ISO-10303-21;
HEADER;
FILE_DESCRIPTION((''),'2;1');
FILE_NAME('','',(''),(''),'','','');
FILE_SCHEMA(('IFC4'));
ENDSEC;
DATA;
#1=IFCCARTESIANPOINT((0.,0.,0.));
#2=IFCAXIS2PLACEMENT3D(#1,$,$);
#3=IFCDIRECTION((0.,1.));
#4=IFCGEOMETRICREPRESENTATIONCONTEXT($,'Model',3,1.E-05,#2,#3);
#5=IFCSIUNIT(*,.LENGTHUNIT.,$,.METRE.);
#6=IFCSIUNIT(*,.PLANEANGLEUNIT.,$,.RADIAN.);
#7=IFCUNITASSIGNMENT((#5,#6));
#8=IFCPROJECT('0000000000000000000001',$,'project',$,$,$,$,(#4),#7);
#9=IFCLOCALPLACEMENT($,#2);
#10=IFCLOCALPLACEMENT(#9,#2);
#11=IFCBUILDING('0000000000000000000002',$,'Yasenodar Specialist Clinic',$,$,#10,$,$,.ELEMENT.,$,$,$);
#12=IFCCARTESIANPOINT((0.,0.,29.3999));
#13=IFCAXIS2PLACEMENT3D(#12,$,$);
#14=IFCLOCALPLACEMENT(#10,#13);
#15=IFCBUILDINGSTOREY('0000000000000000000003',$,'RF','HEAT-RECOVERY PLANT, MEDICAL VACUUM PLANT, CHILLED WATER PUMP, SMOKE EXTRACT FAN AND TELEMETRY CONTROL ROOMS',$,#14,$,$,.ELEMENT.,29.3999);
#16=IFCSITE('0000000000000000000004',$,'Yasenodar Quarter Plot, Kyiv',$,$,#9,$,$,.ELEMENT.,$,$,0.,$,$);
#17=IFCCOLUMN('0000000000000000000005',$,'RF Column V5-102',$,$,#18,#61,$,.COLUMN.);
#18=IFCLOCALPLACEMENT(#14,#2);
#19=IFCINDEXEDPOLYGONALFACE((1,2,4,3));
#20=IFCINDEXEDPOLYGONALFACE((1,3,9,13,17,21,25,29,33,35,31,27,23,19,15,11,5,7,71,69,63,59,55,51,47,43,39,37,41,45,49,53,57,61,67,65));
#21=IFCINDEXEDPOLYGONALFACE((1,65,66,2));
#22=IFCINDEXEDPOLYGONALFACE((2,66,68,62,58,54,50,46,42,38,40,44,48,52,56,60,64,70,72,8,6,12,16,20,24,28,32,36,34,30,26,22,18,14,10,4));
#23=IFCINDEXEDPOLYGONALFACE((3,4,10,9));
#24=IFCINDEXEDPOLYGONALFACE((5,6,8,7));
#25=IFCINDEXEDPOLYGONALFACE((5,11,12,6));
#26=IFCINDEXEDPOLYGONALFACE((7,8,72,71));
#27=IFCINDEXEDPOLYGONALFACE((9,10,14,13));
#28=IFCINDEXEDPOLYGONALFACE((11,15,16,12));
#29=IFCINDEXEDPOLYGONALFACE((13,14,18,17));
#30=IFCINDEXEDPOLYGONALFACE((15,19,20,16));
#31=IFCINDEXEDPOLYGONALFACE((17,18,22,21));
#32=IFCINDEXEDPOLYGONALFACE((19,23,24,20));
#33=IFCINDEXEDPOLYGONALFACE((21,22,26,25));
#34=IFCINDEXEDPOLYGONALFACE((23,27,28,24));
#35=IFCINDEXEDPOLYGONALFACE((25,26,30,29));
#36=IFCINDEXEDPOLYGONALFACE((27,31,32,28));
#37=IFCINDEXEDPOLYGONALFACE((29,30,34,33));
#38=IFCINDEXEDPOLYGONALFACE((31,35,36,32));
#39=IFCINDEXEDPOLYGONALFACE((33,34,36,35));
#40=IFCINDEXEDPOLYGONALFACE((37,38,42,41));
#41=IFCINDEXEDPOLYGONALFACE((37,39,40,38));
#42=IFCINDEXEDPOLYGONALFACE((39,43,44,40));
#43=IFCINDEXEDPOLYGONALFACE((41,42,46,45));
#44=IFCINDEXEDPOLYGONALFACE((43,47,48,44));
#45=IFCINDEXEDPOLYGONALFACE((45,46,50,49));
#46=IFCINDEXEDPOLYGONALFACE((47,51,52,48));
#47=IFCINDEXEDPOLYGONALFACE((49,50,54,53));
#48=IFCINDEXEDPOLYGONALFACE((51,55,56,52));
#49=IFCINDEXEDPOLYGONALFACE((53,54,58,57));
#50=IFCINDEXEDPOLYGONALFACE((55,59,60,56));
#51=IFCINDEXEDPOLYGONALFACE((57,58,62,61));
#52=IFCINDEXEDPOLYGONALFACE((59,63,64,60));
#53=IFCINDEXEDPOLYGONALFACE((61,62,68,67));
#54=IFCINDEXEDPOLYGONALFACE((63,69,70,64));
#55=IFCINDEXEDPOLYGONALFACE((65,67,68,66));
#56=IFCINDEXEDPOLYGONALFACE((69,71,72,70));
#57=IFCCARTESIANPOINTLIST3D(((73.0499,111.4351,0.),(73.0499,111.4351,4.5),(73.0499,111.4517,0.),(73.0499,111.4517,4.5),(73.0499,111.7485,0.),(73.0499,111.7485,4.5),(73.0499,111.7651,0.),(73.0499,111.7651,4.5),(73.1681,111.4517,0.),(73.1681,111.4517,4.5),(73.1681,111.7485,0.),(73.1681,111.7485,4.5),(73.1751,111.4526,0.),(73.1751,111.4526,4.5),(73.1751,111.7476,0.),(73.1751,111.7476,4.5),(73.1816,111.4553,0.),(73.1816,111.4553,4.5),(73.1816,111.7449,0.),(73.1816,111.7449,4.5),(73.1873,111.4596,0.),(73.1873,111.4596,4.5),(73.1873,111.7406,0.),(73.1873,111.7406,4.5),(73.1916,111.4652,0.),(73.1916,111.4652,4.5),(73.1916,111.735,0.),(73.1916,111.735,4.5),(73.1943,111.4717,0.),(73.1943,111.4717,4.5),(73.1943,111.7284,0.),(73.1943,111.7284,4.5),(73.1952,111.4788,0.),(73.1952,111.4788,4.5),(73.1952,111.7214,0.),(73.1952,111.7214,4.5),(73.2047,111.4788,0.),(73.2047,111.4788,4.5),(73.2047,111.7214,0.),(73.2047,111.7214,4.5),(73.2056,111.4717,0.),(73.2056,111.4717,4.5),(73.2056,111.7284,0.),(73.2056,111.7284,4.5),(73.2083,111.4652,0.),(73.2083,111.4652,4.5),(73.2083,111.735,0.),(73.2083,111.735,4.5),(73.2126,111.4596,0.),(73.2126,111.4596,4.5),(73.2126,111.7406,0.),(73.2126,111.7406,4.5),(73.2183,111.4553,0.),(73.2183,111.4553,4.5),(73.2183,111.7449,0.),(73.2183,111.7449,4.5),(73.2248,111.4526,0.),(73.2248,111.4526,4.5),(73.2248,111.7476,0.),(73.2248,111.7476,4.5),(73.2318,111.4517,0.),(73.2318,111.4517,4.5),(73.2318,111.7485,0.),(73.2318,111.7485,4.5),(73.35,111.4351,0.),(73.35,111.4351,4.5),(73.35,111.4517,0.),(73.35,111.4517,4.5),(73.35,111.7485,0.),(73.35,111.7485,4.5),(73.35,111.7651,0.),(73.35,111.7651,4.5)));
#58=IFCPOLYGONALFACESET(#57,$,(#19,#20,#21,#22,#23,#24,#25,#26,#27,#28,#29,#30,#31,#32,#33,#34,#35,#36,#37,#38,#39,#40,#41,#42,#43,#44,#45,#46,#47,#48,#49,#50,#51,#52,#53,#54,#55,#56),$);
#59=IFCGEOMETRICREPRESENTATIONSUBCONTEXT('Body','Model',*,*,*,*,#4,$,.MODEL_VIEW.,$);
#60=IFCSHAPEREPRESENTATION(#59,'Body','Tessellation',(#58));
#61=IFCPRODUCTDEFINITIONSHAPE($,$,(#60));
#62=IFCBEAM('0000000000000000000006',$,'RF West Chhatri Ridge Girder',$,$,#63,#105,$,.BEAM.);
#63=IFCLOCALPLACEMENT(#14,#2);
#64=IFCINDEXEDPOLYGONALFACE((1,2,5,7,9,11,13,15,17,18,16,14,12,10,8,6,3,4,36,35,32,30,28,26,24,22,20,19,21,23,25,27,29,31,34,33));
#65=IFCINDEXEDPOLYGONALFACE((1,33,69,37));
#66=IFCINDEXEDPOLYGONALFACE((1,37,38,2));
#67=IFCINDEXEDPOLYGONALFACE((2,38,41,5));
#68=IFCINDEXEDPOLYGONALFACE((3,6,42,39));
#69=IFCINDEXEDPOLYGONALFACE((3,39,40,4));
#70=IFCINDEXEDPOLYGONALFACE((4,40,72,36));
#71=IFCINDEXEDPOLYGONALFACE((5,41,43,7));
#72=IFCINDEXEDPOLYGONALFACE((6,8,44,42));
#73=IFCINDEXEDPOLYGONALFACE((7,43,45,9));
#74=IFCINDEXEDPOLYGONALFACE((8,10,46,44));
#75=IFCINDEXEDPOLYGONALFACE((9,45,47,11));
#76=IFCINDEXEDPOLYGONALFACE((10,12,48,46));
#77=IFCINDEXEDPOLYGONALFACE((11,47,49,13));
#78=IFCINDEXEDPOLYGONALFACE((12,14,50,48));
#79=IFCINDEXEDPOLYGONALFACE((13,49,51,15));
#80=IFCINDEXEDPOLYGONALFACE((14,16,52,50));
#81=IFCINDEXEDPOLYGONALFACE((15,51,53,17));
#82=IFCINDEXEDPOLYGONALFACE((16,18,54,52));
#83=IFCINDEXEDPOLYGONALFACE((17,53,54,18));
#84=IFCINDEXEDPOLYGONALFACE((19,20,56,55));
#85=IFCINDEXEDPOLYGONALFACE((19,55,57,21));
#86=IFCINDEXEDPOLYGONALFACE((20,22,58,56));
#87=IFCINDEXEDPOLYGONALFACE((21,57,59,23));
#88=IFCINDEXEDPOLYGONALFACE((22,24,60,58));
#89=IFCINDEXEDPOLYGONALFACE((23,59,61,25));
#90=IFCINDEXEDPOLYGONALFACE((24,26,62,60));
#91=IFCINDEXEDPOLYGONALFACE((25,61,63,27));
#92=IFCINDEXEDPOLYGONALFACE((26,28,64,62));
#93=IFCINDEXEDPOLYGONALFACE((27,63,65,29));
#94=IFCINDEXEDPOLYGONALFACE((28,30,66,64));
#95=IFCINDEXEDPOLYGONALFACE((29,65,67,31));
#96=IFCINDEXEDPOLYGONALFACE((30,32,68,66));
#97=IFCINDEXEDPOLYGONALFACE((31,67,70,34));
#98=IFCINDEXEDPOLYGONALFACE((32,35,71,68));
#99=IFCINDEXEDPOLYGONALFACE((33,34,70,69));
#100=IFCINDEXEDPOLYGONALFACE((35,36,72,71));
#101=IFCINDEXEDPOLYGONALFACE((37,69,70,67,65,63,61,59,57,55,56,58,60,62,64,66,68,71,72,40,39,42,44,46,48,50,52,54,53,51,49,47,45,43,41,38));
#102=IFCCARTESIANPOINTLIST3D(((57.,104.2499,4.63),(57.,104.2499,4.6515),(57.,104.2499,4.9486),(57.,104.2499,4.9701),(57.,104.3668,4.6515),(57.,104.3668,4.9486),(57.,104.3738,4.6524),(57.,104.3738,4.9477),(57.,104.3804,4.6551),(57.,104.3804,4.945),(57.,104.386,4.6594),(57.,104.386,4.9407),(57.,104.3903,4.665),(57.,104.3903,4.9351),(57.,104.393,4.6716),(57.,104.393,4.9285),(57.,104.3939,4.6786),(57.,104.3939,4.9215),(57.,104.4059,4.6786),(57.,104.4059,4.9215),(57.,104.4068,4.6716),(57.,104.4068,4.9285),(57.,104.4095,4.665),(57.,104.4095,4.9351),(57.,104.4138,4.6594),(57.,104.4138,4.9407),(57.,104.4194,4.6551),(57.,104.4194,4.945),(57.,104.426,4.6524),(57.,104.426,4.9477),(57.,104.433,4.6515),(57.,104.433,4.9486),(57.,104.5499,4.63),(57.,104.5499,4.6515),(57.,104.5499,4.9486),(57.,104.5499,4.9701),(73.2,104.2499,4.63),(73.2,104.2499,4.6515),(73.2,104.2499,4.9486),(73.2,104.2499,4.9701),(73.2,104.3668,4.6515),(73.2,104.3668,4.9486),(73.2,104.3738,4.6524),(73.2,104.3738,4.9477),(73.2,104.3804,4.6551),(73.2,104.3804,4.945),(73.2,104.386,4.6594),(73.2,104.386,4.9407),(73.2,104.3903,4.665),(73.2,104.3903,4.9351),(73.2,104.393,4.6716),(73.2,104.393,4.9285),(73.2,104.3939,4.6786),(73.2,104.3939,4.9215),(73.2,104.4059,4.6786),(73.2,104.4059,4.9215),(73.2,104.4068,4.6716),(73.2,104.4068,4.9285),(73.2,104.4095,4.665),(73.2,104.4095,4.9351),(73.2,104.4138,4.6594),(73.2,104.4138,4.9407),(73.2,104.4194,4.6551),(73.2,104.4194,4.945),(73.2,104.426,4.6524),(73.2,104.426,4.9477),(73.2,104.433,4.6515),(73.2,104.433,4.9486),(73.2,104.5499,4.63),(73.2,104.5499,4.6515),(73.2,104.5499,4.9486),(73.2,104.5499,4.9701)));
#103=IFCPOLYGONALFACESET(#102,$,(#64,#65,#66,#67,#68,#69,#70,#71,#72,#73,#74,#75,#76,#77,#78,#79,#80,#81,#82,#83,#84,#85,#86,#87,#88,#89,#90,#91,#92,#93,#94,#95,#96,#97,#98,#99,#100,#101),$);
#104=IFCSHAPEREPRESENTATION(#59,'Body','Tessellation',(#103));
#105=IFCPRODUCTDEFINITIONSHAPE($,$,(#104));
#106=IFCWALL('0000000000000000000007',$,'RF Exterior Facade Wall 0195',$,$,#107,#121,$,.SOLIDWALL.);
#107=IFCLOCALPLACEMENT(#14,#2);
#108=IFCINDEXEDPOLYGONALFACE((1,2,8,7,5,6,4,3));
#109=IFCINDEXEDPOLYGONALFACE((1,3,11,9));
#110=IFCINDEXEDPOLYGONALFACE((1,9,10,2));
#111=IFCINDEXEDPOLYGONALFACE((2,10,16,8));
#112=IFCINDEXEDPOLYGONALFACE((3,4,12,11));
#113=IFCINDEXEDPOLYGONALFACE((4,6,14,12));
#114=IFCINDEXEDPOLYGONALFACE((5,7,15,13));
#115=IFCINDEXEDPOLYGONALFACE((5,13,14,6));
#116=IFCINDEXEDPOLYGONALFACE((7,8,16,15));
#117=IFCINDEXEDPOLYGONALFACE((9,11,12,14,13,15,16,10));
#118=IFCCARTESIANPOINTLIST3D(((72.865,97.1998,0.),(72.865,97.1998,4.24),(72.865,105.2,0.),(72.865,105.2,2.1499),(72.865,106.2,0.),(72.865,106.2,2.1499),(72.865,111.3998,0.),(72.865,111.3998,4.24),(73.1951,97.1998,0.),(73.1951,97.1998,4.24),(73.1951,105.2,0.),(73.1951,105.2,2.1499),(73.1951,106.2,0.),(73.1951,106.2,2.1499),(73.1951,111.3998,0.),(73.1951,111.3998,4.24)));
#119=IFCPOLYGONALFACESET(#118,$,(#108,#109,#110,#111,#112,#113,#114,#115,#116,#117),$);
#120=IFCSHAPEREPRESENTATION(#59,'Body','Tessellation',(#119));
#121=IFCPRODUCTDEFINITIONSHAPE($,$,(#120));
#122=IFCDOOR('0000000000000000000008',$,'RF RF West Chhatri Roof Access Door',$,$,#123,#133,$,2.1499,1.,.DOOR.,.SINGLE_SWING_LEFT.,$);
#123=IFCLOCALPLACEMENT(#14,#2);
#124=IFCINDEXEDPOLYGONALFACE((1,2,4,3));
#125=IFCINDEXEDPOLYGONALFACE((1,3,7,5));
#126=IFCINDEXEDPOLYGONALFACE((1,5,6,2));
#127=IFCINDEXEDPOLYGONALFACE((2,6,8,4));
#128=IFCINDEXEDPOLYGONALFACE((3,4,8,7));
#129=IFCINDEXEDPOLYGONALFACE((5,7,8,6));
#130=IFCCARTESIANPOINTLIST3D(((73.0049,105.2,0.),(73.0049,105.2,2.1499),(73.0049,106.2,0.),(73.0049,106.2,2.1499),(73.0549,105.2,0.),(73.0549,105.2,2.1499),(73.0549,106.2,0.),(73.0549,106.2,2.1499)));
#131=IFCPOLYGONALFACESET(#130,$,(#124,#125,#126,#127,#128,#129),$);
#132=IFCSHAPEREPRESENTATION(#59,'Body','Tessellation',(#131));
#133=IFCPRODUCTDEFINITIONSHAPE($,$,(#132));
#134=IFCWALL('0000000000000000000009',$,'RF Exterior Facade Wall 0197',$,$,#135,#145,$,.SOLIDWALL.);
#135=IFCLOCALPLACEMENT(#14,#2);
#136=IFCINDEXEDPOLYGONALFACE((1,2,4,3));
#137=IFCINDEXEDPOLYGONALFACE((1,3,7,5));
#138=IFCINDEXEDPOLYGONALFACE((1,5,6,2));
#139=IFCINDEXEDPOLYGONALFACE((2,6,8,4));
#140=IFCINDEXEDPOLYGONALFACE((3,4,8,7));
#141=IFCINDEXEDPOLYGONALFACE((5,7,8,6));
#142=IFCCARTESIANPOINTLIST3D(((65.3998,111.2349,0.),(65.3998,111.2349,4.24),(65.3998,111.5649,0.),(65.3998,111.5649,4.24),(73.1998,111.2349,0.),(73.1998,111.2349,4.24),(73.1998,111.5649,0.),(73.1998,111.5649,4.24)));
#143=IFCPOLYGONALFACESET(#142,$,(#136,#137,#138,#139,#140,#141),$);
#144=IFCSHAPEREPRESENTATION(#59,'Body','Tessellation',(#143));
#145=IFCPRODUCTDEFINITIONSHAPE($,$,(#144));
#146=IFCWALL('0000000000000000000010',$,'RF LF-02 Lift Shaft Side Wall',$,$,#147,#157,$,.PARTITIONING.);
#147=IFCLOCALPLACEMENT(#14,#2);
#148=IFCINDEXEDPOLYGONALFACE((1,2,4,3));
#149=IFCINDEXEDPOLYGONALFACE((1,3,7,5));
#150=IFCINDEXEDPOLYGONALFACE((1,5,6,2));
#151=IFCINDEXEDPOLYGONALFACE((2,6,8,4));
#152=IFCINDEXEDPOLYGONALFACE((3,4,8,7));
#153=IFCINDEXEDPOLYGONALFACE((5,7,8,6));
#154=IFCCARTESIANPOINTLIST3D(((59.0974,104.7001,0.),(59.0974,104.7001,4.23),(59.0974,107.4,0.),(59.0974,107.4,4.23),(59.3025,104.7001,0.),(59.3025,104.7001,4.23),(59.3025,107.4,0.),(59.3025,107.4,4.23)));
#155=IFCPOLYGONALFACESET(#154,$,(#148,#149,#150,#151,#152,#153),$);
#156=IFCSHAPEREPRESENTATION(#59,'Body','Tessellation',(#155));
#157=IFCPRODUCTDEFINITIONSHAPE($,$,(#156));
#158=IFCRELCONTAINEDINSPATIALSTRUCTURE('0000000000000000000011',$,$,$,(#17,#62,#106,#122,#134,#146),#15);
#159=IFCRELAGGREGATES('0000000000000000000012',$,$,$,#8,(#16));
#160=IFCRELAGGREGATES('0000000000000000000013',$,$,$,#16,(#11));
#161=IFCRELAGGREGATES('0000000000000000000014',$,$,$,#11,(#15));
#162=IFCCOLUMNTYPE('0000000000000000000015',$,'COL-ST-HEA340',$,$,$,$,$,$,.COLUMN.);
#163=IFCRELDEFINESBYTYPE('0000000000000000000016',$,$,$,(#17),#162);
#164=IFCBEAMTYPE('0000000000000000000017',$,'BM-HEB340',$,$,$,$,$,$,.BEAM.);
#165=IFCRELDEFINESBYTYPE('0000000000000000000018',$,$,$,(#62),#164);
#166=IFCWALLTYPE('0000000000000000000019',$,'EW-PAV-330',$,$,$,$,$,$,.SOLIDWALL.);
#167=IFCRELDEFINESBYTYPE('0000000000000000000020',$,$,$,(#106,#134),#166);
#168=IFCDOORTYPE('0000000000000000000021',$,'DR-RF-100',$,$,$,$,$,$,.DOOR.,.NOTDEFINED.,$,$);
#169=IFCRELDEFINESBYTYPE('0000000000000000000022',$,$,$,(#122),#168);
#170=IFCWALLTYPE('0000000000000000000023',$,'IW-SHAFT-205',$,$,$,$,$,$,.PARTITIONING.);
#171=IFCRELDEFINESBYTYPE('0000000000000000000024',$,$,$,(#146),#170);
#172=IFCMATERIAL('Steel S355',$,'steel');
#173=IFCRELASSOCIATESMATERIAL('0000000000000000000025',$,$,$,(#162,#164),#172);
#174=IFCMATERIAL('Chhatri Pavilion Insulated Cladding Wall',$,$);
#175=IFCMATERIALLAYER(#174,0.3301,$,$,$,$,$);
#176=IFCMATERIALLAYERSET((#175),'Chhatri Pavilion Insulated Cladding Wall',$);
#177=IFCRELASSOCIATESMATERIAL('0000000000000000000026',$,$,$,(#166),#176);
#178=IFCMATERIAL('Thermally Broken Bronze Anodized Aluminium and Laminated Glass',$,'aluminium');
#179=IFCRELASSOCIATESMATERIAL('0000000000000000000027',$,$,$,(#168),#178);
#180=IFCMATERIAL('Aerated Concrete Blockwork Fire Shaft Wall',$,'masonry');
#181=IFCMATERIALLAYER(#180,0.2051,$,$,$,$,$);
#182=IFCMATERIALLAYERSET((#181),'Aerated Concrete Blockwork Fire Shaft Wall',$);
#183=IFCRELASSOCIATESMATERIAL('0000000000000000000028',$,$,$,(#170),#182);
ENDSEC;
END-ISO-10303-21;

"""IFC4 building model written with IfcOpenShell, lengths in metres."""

from ifc_helpers import new_model, si_unit, direction, frame, frame_2d, origin, origin_2d, place, context, subcontext, project, spatial, rectangle, i_section, extrude, material, layer, layer_set, material_profile, profile_set, type_object, element, fill, save


model = new_model("IFC4")

# Units and contexts
model_context = context("Model", 3, precision=1e-05, world=origin(), true_north=direction((0.0, 1.0)))
body_context = subcontext(model_context, "Body", "Model", "MODEL_VIEW")
ifc_project = project(units=[si_unit("LENGTHUNIT", "METRE"), si_unit("PLANEANGLEUNIT", "RADIAN")], contexts=[model_context])

# Site, building, storey
site_placement = place(None, origin())
site = spatial("IfcSite", under=ifc_project, at=site_placement, Name="Yasenodar Quarter Plot, Kyiv", CompositionType="ELEMENT", RefElevation=0.0)
building_placement = place(site_placement, origin())
building = spatial("IfcBuilding", under=site, at=building_placement, Name="Yasenodar Specialist Clinic", CompositionType="ELEMENT")
storey_placement = place(building_placement, frame((0.0, 0.0, 29.3999)))
storey = spatial("IfcBuildingStorey", under=building, at=storey_placement, Name="RF", Description="HEAT-RECOVERY PLANT, MEDICAL VACUUM PLANT, CHILLED WATER PUMP, SMOKE EXTRACT FAN AND TELEMETRY CONTROL ROOMS", CompositionType="ELEMENT", Elevation=29.3999)

# Column
ifc_material_1 = material(Name="Steel S355", Category="steel")
ifc_material_profile_1 = material_profile(ifc_material_1, i_section(OverallWidth=0.3, OverallDepth=0.3301, WebThickness=0.0095, FlangeThickness=0.0166, FilletRadius=0.0271, at=origin_2d()), Name="HEA 340")
ifc_profile_set_1 = profile_set([ifc_material_profile_1], Name="Steel S355")
column_type_1 = type_object("IfcColumnType", Name="COL-ST-HEA340", PredefinedType="COLUMN", material=ifc_profile_set_1)
for number, where, z_axis, x_axis, name in (
    (1, (73.2, 111.6001, 0.0), (0.0, 0.0, 1.0), (1.0, 0.0, 0.0), "RF Column V5-102"),
):
    element("IfcColumn", number, at=place(storey_placement, frame(where, z_axis=z_axis, x_axis=x_axis)), inside=storey, type_object=column_type_1, Name=name, PredefinedType="COLUMN", context=body_context, shape_type="SweptSolid", body=[
        extrude(i_section(OverallWidth=0.3, OverallDepth=0.3301, WebThickness=0.0095, FlangeThickness=0.0166, FilletRadius=0.0271, at=origin_2d()), origin(), (0.0, 0.0, 1.0), 4.5),
    ])

# Beam
ifc_material_profile_2 = material_profile(ifc_material_1, i_section(OverallWidth=0.3, OverallDepth=0.3401, WebThickness=0.012, FlangeThickness=0.0215, FilletRadius=0.0271, at=origin_2d()), Name="HEB 340")
ifc_profile_set_2 = profile_set([ifc_material_profile_2], Name="Steel S355")
beam_type = type_object("IfcBeamType", Name="BM-HEB340", PredefinedType="BEAM", material=ifc_profile_set_2)
beam_placement = place(storey_placement, frame((57.0, 104.3999, 4.8), z_axis=(1.0, 0.0, 0.0), x_axis=(0.0, 1.0, 0.0)))
element("IfcBeam", 2, at=beam_placement, inside=storey, type_object=beam_type, Name="RF West Chhatri Ridge Girder", PredefinedType="BEAM", context=body_context, shape_type="SweptSolid", body=[
    extrude(i_section(OverallWidth=0.3, OverallDepth=0.3401, WebThickness=0.012, FlangeThickness=0.0215, FilletRadius=0.0271, at=origin_2d()), origin(), (0.0, 0.0, 1.0), 16.2),
])

# Wall, opening, door
ifc_material_2 = material(Name="Chhatri Pavilion Insulated Cladding Wall")
ifc_layer_1 = layer(ifc_material_2, 0.3301)
ifc_layer_set_1 = layer_set([ifc_layer_1], Name="Chhatri Pavilion Insulated Cladding Wall")
wall_type_1 = type_object("IfcWallType", Name="EW-PAV-330", PredefinedType="SOLIDWALL", material=ifc_layer_set_1)
wall_1_placement = place(storey_placement, frame((73.03, 111.3999, 0.0), z_axis=(0.0, 0.0, 1.0), x_axis=(0.0, -1.0, 0.0)))
wall_1 = element("IfcWall", 3, at=wall_1_placement, inside=storey, type_object=wall_type_1, Name="RF Exterior Facade Wall 0195", PredefinedType="SOLIDWALL", context=body_context, shape_type="SweptSolid", body=[
    extrude(rectangle(XDim=14.2, YDim=0.3301, at=frame_2d((7.1001, 0.0))), origin(), (0.0, 0.0, 1.0), 4.24),
])
opening_1_placement = place(wall_1_placement, frame((5.2, 0.0, 0.0)))
opening_1 = element("IfcOpeningElement", 4, at=opening_1_placement, cuts=wall_1, PredefinedType="OPENING", context=body_context, shape_type="SweptSolid", body=[
    extrude(rectangle(XDim=1.0, YDim=2.1499, at=frame_2d((0.5, 1.075))), frame((0.0, 0.175, 0.0), z_axis=(0.0, -1.0, 0.0), x_axis=(1.0, 0.0, 0.0)), (0.0, 0.0, 1.0), 0.3501),
])
ifc_material_3 = material(Name="Thermally Broken Bronze Anodized Aluminium and Laminated Glass", Category="aluminium")
door_type_1 = type_object("IfcDoorType", Name="DR-RF-100", OperationType="NOTDEFINED", PredefinedType="DOOR", material=ifc_material_3)
door_1_placement = place(opening_1_placement, origin())
door_1 = element("IfcDoor", 5, at=door_1_placement, inside=storey, type_object=door_type_1, Name="RF RF West Chhatri Roof Access Door", OperationType="SINGLE_SWING_LEFT", OverallHeight=2.1499, OverallWidth=1.0, PredefinedType="DOOR", context=body_context, shape_type="SweptSolid", body=[
    extrude(rectangle(XDim=1.0, YDim=2.1499, at=frame_2d((0.5, 1.075))), frame((0.0, 0.0249, 0.0), z_axis=(0.0, -1.0, 0.0), x_axis=(1.0, 0.0, 0.0)), (0.0, 0.0, 1.0), 0.05),
])
fill(opening_1, door_1)

# Walls
wall_2_placement = place(storey_placement, frame((65.3999, 111.3999, 0.0), z_axis=(0.0, 0.0, 1.0), x_axis=(1.0, 0.0, 0.0)))
element("IfcWall", 6, at=wall_2_placement, inside=storey, type_object=wall_type_1, Name="RF Exterior Facade Wall 0197", PredefinedType="SOLIDWALL", context=body_context, shape_type="SweptSolid", body=[
    extrude(rectangle(XDim=7.8, YDim=0.3301, at=frame_2d((3.8999, 0.0))), origin(), (0.0, 0.0, 1.0), 4.24),
])
ifc_material_4 = material(Name="Aerated Concrete Blockwork Fire Shaft Wall", Category="masonry")
ifc_layer_2 = layer(ifc_material_4, 0.2051)
ifc_layer_set_2 = layer_set([ifc_layer_2], Name="Aerated Concrete Blockwork Fire Shaft Wall")
wall_type_2 = type_object("IfcWallType", Name="IW-SHAFT-205", PredefinedType="PARTITIONING", material=ifc_layer_set_2)
wall_3_placement = place(storey_placement, frame((59.2, 104.7, 0.0), z_axis=(0.0, 0.0, 1.0), x_axis=(0.0, 1.0, 0.0)))
element("IfcWall", 7, at=wall_3_placement, inside=storey, type_object=wall_type_2, Name="RF LF-02 Lift Shaft Side Wall", PredefinedType="PARTITIONING", context=body_context, shape_type="SweptSolid", body=[
    extrude(rectangle(XDim=2.7, YDim=0.2051, at=frame_2d((1.3501, 0.0))), origin(), (0.0, 0.0, 1.0), 4.23),
])

save(model, "model.ifc")
